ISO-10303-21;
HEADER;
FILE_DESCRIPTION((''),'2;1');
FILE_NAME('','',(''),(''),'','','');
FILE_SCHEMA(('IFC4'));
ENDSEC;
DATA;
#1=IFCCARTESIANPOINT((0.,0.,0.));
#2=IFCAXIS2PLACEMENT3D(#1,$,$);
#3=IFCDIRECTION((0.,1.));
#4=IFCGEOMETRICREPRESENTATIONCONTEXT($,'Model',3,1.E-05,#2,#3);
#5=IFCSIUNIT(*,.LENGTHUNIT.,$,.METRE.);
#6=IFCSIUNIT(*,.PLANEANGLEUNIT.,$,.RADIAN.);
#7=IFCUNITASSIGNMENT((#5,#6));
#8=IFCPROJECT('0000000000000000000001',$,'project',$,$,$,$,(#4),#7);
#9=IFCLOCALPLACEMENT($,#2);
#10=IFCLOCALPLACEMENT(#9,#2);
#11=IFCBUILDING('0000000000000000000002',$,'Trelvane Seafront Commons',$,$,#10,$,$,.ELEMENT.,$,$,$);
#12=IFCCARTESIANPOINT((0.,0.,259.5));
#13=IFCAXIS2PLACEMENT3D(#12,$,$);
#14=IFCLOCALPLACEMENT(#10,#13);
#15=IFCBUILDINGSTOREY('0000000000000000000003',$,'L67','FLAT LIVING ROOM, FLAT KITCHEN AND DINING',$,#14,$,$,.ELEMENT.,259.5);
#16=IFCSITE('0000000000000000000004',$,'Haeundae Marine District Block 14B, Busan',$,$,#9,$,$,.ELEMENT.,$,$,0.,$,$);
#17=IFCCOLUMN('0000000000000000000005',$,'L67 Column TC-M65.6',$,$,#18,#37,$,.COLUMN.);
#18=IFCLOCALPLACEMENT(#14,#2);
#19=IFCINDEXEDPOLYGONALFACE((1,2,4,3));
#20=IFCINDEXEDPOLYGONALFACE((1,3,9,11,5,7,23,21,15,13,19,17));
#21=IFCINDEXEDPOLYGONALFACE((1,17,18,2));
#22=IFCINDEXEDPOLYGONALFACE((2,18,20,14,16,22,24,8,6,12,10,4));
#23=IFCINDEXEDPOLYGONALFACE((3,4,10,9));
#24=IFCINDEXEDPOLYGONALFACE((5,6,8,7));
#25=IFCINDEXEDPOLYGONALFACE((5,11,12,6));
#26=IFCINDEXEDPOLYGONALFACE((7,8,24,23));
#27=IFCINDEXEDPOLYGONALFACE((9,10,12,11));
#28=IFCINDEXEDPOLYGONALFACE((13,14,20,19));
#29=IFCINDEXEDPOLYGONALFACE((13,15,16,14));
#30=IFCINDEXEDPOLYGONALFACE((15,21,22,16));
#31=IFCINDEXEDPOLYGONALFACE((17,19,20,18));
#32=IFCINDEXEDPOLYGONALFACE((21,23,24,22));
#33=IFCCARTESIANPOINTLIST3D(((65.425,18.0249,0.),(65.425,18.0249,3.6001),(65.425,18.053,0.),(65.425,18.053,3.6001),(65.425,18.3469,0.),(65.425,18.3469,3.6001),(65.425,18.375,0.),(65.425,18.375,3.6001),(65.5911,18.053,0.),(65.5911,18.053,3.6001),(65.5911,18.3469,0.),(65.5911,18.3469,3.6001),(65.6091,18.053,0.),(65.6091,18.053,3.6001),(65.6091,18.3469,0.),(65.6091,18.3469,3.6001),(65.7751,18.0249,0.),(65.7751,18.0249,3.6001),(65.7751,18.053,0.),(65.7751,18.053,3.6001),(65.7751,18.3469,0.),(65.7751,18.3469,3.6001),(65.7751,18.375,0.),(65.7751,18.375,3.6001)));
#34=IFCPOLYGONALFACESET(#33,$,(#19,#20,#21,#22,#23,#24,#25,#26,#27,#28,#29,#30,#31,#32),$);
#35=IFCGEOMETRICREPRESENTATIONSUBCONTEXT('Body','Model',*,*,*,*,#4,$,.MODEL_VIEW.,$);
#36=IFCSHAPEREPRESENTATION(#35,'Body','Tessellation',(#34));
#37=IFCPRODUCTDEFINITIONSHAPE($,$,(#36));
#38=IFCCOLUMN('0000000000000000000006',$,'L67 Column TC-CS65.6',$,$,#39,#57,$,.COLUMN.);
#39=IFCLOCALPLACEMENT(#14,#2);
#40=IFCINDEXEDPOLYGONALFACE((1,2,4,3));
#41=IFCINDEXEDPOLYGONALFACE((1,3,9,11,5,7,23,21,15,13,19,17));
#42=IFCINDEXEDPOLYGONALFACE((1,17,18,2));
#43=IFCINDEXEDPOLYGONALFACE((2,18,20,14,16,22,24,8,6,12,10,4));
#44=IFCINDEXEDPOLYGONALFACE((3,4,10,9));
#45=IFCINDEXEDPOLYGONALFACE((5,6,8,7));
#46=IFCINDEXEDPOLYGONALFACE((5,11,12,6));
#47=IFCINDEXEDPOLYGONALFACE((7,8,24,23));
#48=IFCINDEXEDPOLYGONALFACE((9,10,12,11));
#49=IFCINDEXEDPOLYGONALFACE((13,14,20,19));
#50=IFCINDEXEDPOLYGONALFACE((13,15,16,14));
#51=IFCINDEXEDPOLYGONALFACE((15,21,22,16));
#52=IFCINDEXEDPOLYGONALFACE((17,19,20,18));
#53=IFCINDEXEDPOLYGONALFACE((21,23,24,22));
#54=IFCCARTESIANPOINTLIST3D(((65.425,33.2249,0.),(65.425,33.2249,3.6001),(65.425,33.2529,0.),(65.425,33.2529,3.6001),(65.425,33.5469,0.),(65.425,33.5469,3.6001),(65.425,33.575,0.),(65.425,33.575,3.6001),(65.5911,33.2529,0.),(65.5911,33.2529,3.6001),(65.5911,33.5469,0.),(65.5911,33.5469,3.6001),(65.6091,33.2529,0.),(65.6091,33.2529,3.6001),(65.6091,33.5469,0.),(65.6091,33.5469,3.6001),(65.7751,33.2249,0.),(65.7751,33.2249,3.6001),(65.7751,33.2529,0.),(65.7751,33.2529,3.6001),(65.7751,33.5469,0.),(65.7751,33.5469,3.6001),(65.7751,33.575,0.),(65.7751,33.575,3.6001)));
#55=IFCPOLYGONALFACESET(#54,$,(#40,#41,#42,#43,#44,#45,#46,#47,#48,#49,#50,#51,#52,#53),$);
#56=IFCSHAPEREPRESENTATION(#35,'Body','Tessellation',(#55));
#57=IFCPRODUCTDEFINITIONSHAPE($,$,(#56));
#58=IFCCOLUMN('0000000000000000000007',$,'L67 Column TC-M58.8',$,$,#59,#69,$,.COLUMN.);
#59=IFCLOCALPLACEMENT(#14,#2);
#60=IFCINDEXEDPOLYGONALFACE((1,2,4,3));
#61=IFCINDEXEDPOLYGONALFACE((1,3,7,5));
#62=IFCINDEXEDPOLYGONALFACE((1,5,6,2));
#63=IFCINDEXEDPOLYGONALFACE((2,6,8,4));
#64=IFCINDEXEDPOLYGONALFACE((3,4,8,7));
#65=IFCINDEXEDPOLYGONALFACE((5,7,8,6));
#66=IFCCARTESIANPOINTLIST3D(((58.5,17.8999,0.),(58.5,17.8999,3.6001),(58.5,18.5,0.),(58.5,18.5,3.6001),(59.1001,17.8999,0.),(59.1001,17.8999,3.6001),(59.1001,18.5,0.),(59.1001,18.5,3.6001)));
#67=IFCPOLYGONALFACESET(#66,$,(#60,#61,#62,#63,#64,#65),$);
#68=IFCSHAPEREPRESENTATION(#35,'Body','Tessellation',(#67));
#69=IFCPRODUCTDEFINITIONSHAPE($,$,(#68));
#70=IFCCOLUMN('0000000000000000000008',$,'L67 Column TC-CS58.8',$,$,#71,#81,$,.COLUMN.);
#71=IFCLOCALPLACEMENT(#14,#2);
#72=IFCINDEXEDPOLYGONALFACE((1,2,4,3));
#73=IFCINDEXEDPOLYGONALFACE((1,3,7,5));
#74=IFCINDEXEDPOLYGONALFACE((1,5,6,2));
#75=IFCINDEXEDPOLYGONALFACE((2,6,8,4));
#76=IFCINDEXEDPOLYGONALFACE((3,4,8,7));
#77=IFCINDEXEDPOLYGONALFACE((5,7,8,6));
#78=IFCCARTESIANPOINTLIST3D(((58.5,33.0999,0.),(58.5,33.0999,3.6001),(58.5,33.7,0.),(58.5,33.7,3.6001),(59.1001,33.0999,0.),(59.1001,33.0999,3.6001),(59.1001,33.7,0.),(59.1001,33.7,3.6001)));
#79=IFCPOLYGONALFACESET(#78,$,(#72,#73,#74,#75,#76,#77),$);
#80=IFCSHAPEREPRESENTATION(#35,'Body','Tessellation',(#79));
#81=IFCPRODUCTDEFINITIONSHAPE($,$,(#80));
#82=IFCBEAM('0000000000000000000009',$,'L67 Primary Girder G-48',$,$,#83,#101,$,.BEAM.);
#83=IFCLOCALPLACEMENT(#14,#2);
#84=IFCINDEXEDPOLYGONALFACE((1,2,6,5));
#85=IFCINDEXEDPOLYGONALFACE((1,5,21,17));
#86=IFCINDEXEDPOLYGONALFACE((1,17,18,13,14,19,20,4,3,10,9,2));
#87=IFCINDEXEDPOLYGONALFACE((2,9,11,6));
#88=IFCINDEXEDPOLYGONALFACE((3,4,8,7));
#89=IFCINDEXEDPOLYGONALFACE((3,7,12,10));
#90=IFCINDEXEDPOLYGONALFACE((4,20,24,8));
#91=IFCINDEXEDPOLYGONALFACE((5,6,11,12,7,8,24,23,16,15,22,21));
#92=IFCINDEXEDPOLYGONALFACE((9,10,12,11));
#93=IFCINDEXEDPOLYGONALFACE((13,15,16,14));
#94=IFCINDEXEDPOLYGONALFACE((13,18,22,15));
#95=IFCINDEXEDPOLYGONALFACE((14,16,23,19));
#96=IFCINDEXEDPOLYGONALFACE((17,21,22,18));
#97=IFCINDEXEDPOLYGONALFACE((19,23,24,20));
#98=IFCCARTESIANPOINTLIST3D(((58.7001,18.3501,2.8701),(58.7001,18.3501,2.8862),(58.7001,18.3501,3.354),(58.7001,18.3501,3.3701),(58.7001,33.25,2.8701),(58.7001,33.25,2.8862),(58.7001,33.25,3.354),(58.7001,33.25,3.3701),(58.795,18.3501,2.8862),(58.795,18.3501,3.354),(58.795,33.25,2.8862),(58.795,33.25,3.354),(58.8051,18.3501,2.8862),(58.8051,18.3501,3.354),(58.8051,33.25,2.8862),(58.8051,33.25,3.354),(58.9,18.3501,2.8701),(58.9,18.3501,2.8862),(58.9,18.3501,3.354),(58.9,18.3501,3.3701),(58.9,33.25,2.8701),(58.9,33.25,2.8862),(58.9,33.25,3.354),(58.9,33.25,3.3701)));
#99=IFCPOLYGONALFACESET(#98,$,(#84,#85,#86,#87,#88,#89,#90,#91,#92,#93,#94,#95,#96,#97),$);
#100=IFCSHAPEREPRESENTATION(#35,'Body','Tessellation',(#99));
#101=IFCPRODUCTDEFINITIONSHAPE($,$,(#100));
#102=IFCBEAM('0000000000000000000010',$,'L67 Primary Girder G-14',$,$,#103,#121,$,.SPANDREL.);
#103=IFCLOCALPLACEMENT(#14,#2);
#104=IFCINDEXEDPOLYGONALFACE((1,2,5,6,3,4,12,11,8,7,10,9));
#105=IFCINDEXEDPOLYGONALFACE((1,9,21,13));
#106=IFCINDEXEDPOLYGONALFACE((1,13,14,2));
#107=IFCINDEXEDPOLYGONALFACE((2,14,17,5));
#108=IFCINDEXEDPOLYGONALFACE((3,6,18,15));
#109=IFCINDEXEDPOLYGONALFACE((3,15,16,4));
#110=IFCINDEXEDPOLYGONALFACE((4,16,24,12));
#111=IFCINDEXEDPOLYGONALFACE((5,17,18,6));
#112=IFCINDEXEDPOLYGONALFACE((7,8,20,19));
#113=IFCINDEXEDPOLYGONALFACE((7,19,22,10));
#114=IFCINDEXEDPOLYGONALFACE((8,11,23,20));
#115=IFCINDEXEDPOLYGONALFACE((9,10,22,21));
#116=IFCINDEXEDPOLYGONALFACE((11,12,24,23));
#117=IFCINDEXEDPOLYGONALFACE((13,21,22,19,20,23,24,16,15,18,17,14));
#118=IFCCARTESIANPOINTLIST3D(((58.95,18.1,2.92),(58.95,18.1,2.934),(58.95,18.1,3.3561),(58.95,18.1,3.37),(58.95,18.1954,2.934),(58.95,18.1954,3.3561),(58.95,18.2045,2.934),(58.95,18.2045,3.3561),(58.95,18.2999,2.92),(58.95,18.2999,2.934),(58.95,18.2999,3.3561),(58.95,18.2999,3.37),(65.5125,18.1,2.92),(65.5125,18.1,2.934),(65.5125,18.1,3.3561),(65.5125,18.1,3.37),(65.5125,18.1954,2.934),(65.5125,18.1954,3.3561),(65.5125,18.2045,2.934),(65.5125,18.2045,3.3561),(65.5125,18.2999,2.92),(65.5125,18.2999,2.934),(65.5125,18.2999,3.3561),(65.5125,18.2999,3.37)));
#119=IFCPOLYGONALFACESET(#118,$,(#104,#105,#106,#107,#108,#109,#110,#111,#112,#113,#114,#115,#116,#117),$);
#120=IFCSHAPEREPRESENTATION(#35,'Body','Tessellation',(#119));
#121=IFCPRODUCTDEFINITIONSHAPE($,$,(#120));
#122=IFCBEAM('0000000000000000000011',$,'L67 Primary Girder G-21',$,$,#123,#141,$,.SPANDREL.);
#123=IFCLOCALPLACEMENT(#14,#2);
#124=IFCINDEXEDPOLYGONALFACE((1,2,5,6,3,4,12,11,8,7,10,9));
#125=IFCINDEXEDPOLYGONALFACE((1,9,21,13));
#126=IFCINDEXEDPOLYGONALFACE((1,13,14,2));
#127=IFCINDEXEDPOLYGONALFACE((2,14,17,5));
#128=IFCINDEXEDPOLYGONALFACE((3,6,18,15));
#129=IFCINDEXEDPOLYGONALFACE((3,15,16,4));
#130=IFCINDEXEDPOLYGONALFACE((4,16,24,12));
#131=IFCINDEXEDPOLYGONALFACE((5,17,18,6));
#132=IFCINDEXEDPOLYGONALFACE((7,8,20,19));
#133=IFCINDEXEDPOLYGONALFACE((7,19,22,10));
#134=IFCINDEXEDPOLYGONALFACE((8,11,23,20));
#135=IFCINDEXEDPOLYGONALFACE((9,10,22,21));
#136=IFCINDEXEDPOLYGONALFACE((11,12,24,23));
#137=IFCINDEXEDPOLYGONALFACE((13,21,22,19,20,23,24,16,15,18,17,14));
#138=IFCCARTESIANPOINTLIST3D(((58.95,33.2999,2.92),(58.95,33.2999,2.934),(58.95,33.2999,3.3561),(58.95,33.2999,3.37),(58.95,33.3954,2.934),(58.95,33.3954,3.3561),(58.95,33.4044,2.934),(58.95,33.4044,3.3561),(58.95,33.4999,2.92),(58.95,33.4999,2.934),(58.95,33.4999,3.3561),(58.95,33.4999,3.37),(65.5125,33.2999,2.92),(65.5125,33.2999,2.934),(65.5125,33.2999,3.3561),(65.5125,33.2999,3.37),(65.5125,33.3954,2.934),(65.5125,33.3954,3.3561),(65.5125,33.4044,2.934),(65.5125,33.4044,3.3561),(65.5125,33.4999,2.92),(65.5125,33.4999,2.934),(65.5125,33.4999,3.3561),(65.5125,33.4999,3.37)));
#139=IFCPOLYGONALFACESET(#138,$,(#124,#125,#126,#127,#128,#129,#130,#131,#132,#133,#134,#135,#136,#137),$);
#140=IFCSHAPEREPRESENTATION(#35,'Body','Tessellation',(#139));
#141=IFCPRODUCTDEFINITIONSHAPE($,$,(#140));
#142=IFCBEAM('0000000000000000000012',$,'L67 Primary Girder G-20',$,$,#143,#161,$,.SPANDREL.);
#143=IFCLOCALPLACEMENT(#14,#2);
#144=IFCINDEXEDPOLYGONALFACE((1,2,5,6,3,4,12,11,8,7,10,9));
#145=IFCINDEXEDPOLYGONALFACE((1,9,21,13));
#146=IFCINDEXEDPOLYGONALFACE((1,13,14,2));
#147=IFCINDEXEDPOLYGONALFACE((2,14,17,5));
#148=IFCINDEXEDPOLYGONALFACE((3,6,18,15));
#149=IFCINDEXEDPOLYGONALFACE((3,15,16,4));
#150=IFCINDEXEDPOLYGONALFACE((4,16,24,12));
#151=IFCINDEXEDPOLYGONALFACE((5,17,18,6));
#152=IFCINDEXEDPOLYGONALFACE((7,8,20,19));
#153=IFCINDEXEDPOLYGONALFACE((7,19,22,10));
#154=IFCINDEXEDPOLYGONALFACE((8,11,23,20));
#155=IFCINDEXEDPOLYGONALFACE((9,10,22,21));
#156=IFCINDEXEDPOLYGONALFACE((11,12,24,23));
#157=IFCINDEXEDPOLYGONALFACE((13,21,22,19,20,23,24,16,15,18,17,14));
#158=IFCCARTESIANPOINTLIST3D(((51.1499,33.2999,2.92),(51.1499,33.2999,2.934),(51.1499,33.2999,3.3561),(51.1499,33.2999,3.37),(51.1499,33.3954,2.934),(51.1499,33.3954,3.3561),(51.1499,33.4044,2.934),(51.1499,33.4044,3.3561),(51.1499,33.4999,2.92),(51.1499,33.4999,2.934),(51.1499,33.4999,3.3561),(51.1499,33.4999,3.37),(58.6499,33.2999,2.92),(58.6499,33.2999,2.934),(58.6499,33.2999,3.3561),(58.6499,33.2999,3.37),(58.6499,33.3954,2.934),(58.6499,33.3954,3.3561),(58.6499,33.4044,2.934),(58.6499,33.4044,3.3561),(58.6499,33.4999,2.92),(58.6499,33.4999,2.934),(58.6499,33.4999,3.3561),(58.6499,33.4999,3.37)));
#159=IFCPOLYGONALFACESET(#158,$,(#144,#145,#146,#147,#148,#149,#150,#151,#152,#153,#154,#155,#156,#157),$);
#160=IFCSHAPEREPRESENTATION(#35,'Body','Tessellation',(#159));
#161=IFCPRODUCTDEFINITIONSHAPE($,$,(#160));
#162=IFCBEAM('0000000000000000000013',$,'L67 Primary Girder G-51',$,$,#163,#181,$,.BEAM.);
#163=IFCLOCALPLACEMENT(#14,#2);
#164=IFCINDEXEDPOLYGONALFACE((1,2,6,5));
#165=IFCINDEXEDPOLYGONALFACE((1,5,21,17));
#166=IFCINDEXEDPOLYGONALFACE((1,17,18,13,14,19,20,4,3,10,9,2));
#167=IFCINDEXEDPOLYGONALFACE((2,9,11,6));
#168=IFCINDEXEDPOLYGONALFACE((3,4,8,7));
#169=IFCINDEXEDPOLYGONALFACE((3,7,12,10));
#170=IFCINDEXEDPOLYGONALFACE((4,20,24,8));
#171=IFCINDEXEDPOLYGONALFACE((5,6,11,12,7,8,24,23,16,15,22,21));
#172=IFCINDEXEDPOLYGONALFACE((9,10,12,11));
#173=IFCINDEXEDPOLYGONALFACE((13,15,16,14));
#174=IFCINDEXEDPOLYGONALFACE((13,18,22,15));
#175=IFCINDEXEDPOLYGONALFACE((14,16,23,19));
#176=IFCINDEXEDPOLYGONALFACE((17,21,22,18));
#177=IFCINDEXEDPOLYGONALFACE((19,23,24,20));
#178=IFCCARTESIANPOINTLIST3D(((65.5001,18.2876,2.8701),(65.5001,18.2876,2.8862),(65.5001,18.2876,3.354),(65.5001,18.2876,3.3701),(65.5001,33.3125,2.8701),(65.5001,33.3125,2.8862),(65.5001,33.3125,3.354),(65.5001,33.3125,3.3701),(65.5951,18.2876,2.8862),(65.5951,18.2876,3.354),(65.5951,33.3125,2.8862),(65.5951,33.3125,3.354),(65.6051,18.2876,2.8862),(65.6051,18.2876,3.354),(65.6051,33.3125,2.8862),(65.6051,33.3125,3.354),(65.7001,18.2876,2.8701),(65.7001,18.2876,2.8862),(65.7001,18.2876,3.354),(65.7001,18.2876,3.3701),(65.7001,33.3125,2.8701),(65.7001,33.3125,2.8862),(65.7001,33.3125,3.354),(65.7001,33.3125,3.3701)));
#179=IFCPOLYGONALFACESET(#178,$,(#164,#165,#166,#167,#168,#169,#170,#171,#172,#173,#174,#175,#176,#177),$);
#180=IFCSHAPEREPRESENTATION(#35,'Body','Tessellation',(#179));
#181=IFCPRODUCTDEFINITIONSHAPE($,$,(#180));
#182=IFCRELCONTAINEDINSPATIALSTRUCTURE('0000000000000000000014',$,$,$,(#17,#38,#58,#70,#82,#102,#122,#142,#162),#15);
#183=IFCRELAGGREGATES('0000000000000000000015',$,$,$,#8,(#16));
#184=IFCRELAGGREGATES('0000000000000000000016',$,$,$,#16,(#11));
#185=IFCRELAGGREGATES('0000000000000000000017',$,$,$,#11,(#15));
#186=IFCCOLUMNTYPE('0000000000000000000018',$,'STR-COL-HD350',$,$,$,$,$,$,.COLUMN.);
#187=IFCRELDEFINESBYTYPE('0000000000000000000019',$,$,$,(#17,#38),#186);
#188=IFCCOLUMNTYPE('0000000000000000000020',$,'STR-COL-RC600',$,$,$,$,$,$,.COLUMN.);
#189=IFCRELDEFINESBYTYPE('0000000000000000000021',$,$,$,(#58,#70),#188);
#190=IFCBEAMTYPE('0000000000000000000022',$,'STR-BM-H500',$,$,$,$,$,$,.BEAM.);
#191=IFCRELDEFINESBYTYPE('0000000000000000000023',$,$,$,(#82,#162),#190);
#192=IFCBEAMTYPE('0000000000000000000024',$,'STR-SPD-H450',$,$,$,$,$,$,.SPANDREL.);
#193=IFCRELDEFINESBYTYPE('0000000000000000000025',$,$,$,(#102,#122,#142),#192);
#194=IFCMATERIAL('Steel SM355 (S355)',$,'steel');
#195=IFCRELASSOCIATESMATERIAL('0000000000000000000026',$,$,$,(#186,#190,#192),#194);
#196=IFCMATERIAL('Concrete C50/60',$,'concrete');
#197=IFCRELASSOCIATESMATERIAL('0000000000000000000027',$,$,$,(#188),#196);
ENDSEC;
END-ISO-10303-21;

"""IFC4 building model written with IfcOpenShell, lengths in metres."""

from ifc_helpers import new_model, si_unit, direction, frame, origin, origin_2d, place, context, subcontext, project, spatial, rectangle, i_section, extrude, source, transform, mapped, material, material_profile, profile_set, type_object, element, save


model = new_model("IFC4")

# Units and contexts
model_context = context("Model", 3, precision=1e-05, world=origin(), true_north=direction((0.0, 1.0)))
body_context = subcontext(model_context, "Body", "Model", "MODEL_VIEW")
ifc_project = project(units=[si_unit("LENGTHUNIT", "METRE"), si_unit("PLANEANGLEUNIT", "RADIAN")], contexts=[model_context])

# Site, building, storey
site_placement = place(None, origin())
site = spatial("IfcSite", under=ifc_project, at=site_placement, Name="Haeundae Marine District Block 14B, Busan", CompositionType="ELEMENT", RefElevation=0.0)
building_placement = place(site_placement, origin())
building = spatial("IfcBuilding", under=site, at=building_placement, Name="Trelvane Seafront Commons", CompositionType="ELEMENT")
storey_placement = place(building_placement, frame((0.0, 0.0, 259.5)))
storey = spatial("IfcBuildingStorey", under=building, at=storey_placement, Name="L67", Description="FLAT LIVING ROOM, FLAT KITCHEN AND DINING", CompositionType="ELEMENT", Elevation=259.5)

# Columns
ifc_material_1 = material(Name="Steel SM355 (S355)", Category="steel")
ifc_material_profile_1 = material_profile(ifc_material_1, i_section(OverallWidth=0.3501, OverallDepth=0.3501, WebThickness=0.0181, FlangeThickness=0.0281, at=origin_2d()), Name="HD-350x350x18x28")
ifc_profile_set_1 = profile_set([ifc_material_profile_1], Name="Steel SM355 (S355)")
column_type_1 = type_object("IfcColumnType", Name="STR-COL-HD350", PredefinedType="COLUMN", material=ifc_profile_set_1)
shared_shape_1 = source(origin(), body_context, "Body", "SweptSolid", [
    extrude(i_section(OverallWidth=0.3501, OverallDepth=0.3501, WebThickness=0.0181, FlangeThickness=0.0281, at=origin_2d()), origin(), (0.0, 0.0, 1.0), 3.6001),
])
for number, where, z_axis, x_axis, name in (
    (1, (65.6001, 18.2, 0.0), (0.0, 0.0, 1.0), (1.0, 0.0, 0.0), "L67 Column TC-M65.6"),
    (2, (65.6001, 33.3999, 0.0), (0.0, 0.0, 1.0), (1.0, 0.0, 0.0), "L67 Column TC-CS65.6"),
):
    element("IfcColumn", number, at=place(storey_placement, frame(where, z_axis=z_axis, x_axis=x_axis)), inside=storey, type_object=column_type_1, Name=name, PredefinedType="COLUMN", context=body_context, shape_type="MappedRepresentation", body=[
        mapped(shared_shape_1, transform((0.0, 0.0, 0.0), x_axis=(1.0, 0.0, 0.0), y_axis=(0.0, 1.0, 0.0), z_axis=(0.0, 0.0, 1.0), scale=1.0)),
    ])
ifc_material_2 = material(Name="Concrete C50/60", Category="concrete")
ifc_material_profile_2 = material_profile(ifc_material_2, rectangle(XDim=0.6001, YDim=0.6001, at=origin_2d()), Name="RC-600x600")
ifc_profile_set_2 = profile_set([ifc_material_profile_2], Name="Concrete C50/60")
column_type_2 = type_object("IfcColumnType", Name="STR-COL-RC600", PredefinedType="COLUMN", material=ifc_profile_set_2)
shared_shape_2 = source(origin(), body_context, "Body", "SweptSolid", [
    extrude(rectangle(XDim=0.6001, YDim=0.6001, at=origin_2d()), origin(), (0.0, 0.0, 1.0), 3.6001),
])
for number, where, z_axis, x_axis, name in (
    (3, (58.8, 18.2, 0.0), (0.0, 0.0, 1.0), (1.0, 0.0, 0.0), "L67 Column TC-M58.8"),
    (4, (58.8, 33.3999, 0.0), (0.0, 0.0, 1.0), (1.0, 0.0, 0.0), "L67 Column TC-CS58.8"),
):
    element("IfcColumn", number, at=place(storey_placement, frame(where, z_axis=z_axis, x_axis=x_axis)), inside=storey, type_object=column_type_2, Name=name, PredefinedType="COLUMN", context=body_context, shape_type="MappedRepresentation", body=[
        mapped(shared_shape_2, transform((0.0, 0.0, 0.0), x_axis=(1.0, 0.0, 0.0), y_axis=(0.0, 1.0, 0.0), z_axis=(0.0, 0.0, 1.0), scale=1.0)),
    ])

# Beams
ifc_material_profile_3 = material_profile(ifc_material_1, i_section(OverallWidth=0.2, OverallDepth=0.5, WebThickness=0.01, FlangeThickness=0.0161, at=origin_2d()), Name="H-500x200x10x16")
ifc_profile_set_3 = profile_set([ifc_material_profile_3], Name="Steel SM355 (S355)")
beam_type_1 = type_object("IfcBeamType", Name="STR-BM-H500", PredefinedType="BEAM", material=ifc_profile_set_3)
shared_shape_3 = source(origin(), body_context, "Body", "SweptSolid", [
    extrude(i_section(OverallWidth=0.2, OverallDepth=0.5, WebThickness=0.01, FlangeThickness=0.0161, at=origin_2d()), origin(), (0.0, 0.0, 1.0), 14.8999),
])
beam_1_placement = place(storey_placement, frame((58.8, 18.3501, 3.1201), z_axis=(0.0, 1.0, 0.0), x_axis=(-1.0, 0.0, 0.0)))
element("IfcBeam", 5, at=beam_1_placement, inside=storey, type_object=beam_type_1, Name="L67 Primary Girder G-48", PredefinedType="BEAM", context=body_context, shape_type="MappedRepresentation", body=[
    mapped(shared_shape_3, transform((0.0, 0.0, 0.0), x_axis=(1.0, 0.0, 0.0), y_axis=(0.0, 1.0, 0.0), z_axis=(0.0, 0.0, 1.0), scale=1.0)),
])
ifc_material_profile_4 = material_profile(ifc_material_1, i_section(OverallWidth=0.2, OverallDepth=0.45, WebThickness=0.009, FlangeThickness=0.0139, at=origin_2d()), Name="H-450x200x9x14")
ifc_profile_set_4 = profile_set([ifc_material_profile_4], Name="Steel SM355 (S355)")
beam_type_2 = type_object("IfcBeamType", Name="STR-SPD-H450", PredefinedType="SPANDREL", material=ifc_profile_set_4)
shared_shape_4 = source(origin(), body_context, "Body", "SweptSolid", [
    extrude(i_section(OverallWidth=0.2, OverallDepth=0.45, WebThickness=0.009, FlangeThickness=0.0139, at=origin_2d()), origin(), (0.0, 0.0, 1.0), 6.5625),
])
for number, where, z_axis, x_axis, name in (
    (6, (58.95, 18.2, 3.145), (1.0, 0.0, 0.0), (0.0, 1.0, 0.0), "L67 Primary Girder G-14"),
    (7, (58.95, 33.3999, 3.145), (1.0, 0.0, 0.0), (0.0, 1.0, 0.0), "L67 Primary Girder G-21"),
):
    element("IfcBeam", number, at=place(storey_placement, frame(where, z_axis=z_axis, x_axis=x_axis)), inside=storey, type_object=beam_type_2, Name=name, PredefinedType="SPANDREL", context=body_context, shape_type="MappedRepresentation", body=[
        mapped(shared_shape_4, transform((0.0, 0.0, 0.0), x_axis=(1.0, 0.0, 0.0), y_axis=(0.0, 1.0, 0.0), z_axis=(0.0, 0.0, 1.0), scale=1.0)),
    ])
shared_shape_5 = source(origin(), body_context, "Body", "SweptSolid", [
    extrude(i_section(OverallWidth=0.2, OverallDepth=0.45, WebThickness=0.009, FlangeThickness=0.0139, at=origin_2d()), origin(), (0.0, 0.0, 1.0), 7.5),
])
beam_2_placement = place(storey_placement, frame((51.1499, 33.3999, 3.145), z_axis=(1.0, 0.0, 0.0), x_axis=(0.0, 1.0, 0.0)))
element("IfcBeam", 8, at=beam_2_placement, inside=storey, type_object=beam_type_2, Name="L67 Primary Girder G-20", PredefinedType="SPANDREL", context=body_context, shape_type="MappedRepresentation", body=[
    mapped(shared_shape_5, transform((0.0, 0.0, 0.0), x_axis=(1.0, 0.0, 0.0), y_axis=(0.0, 1.0, 0.0), z_axis=(0.0, 0.0, 1.0), scale=1.0)),
])
shared_shape_6 = source(origin(), body_context, "Body", "SweptSolid", [
    extrude(i_section(OverallWidth=0.2, OverallDepth=0.5, WebThickness=0.01, FlangeThickness=0.0161, at=origin_2d()), origin(), (0.0, 0.0, 1.0), 15.0249),
])
beam_3_placement = place(storey_placement, frame((65.6001, 18.2876, 3.1201), z_axis=(0.0, 1.0, 0.0), x_axis=(-1.0, 0.0, 0.0)))
element("IfcBeam", 9, at=beam_3_placement, inside=storey, type_object=beam_type_1, Name="L67 Primary Girder G-51", PredefinedType="BEAM", context=body_context, shape_type="MappedRepresentation", body=[
    mapped(shared_shape_6, transform((0.0, 0.0, 0.0), x_axis=(1.0, 0.0, 0.0), y_axis=(0.0, 1.0, 0.0), z_axis=(0.0, 0.0, 1.0), scale=1.0)),
])

save(model, "model.ifc")
